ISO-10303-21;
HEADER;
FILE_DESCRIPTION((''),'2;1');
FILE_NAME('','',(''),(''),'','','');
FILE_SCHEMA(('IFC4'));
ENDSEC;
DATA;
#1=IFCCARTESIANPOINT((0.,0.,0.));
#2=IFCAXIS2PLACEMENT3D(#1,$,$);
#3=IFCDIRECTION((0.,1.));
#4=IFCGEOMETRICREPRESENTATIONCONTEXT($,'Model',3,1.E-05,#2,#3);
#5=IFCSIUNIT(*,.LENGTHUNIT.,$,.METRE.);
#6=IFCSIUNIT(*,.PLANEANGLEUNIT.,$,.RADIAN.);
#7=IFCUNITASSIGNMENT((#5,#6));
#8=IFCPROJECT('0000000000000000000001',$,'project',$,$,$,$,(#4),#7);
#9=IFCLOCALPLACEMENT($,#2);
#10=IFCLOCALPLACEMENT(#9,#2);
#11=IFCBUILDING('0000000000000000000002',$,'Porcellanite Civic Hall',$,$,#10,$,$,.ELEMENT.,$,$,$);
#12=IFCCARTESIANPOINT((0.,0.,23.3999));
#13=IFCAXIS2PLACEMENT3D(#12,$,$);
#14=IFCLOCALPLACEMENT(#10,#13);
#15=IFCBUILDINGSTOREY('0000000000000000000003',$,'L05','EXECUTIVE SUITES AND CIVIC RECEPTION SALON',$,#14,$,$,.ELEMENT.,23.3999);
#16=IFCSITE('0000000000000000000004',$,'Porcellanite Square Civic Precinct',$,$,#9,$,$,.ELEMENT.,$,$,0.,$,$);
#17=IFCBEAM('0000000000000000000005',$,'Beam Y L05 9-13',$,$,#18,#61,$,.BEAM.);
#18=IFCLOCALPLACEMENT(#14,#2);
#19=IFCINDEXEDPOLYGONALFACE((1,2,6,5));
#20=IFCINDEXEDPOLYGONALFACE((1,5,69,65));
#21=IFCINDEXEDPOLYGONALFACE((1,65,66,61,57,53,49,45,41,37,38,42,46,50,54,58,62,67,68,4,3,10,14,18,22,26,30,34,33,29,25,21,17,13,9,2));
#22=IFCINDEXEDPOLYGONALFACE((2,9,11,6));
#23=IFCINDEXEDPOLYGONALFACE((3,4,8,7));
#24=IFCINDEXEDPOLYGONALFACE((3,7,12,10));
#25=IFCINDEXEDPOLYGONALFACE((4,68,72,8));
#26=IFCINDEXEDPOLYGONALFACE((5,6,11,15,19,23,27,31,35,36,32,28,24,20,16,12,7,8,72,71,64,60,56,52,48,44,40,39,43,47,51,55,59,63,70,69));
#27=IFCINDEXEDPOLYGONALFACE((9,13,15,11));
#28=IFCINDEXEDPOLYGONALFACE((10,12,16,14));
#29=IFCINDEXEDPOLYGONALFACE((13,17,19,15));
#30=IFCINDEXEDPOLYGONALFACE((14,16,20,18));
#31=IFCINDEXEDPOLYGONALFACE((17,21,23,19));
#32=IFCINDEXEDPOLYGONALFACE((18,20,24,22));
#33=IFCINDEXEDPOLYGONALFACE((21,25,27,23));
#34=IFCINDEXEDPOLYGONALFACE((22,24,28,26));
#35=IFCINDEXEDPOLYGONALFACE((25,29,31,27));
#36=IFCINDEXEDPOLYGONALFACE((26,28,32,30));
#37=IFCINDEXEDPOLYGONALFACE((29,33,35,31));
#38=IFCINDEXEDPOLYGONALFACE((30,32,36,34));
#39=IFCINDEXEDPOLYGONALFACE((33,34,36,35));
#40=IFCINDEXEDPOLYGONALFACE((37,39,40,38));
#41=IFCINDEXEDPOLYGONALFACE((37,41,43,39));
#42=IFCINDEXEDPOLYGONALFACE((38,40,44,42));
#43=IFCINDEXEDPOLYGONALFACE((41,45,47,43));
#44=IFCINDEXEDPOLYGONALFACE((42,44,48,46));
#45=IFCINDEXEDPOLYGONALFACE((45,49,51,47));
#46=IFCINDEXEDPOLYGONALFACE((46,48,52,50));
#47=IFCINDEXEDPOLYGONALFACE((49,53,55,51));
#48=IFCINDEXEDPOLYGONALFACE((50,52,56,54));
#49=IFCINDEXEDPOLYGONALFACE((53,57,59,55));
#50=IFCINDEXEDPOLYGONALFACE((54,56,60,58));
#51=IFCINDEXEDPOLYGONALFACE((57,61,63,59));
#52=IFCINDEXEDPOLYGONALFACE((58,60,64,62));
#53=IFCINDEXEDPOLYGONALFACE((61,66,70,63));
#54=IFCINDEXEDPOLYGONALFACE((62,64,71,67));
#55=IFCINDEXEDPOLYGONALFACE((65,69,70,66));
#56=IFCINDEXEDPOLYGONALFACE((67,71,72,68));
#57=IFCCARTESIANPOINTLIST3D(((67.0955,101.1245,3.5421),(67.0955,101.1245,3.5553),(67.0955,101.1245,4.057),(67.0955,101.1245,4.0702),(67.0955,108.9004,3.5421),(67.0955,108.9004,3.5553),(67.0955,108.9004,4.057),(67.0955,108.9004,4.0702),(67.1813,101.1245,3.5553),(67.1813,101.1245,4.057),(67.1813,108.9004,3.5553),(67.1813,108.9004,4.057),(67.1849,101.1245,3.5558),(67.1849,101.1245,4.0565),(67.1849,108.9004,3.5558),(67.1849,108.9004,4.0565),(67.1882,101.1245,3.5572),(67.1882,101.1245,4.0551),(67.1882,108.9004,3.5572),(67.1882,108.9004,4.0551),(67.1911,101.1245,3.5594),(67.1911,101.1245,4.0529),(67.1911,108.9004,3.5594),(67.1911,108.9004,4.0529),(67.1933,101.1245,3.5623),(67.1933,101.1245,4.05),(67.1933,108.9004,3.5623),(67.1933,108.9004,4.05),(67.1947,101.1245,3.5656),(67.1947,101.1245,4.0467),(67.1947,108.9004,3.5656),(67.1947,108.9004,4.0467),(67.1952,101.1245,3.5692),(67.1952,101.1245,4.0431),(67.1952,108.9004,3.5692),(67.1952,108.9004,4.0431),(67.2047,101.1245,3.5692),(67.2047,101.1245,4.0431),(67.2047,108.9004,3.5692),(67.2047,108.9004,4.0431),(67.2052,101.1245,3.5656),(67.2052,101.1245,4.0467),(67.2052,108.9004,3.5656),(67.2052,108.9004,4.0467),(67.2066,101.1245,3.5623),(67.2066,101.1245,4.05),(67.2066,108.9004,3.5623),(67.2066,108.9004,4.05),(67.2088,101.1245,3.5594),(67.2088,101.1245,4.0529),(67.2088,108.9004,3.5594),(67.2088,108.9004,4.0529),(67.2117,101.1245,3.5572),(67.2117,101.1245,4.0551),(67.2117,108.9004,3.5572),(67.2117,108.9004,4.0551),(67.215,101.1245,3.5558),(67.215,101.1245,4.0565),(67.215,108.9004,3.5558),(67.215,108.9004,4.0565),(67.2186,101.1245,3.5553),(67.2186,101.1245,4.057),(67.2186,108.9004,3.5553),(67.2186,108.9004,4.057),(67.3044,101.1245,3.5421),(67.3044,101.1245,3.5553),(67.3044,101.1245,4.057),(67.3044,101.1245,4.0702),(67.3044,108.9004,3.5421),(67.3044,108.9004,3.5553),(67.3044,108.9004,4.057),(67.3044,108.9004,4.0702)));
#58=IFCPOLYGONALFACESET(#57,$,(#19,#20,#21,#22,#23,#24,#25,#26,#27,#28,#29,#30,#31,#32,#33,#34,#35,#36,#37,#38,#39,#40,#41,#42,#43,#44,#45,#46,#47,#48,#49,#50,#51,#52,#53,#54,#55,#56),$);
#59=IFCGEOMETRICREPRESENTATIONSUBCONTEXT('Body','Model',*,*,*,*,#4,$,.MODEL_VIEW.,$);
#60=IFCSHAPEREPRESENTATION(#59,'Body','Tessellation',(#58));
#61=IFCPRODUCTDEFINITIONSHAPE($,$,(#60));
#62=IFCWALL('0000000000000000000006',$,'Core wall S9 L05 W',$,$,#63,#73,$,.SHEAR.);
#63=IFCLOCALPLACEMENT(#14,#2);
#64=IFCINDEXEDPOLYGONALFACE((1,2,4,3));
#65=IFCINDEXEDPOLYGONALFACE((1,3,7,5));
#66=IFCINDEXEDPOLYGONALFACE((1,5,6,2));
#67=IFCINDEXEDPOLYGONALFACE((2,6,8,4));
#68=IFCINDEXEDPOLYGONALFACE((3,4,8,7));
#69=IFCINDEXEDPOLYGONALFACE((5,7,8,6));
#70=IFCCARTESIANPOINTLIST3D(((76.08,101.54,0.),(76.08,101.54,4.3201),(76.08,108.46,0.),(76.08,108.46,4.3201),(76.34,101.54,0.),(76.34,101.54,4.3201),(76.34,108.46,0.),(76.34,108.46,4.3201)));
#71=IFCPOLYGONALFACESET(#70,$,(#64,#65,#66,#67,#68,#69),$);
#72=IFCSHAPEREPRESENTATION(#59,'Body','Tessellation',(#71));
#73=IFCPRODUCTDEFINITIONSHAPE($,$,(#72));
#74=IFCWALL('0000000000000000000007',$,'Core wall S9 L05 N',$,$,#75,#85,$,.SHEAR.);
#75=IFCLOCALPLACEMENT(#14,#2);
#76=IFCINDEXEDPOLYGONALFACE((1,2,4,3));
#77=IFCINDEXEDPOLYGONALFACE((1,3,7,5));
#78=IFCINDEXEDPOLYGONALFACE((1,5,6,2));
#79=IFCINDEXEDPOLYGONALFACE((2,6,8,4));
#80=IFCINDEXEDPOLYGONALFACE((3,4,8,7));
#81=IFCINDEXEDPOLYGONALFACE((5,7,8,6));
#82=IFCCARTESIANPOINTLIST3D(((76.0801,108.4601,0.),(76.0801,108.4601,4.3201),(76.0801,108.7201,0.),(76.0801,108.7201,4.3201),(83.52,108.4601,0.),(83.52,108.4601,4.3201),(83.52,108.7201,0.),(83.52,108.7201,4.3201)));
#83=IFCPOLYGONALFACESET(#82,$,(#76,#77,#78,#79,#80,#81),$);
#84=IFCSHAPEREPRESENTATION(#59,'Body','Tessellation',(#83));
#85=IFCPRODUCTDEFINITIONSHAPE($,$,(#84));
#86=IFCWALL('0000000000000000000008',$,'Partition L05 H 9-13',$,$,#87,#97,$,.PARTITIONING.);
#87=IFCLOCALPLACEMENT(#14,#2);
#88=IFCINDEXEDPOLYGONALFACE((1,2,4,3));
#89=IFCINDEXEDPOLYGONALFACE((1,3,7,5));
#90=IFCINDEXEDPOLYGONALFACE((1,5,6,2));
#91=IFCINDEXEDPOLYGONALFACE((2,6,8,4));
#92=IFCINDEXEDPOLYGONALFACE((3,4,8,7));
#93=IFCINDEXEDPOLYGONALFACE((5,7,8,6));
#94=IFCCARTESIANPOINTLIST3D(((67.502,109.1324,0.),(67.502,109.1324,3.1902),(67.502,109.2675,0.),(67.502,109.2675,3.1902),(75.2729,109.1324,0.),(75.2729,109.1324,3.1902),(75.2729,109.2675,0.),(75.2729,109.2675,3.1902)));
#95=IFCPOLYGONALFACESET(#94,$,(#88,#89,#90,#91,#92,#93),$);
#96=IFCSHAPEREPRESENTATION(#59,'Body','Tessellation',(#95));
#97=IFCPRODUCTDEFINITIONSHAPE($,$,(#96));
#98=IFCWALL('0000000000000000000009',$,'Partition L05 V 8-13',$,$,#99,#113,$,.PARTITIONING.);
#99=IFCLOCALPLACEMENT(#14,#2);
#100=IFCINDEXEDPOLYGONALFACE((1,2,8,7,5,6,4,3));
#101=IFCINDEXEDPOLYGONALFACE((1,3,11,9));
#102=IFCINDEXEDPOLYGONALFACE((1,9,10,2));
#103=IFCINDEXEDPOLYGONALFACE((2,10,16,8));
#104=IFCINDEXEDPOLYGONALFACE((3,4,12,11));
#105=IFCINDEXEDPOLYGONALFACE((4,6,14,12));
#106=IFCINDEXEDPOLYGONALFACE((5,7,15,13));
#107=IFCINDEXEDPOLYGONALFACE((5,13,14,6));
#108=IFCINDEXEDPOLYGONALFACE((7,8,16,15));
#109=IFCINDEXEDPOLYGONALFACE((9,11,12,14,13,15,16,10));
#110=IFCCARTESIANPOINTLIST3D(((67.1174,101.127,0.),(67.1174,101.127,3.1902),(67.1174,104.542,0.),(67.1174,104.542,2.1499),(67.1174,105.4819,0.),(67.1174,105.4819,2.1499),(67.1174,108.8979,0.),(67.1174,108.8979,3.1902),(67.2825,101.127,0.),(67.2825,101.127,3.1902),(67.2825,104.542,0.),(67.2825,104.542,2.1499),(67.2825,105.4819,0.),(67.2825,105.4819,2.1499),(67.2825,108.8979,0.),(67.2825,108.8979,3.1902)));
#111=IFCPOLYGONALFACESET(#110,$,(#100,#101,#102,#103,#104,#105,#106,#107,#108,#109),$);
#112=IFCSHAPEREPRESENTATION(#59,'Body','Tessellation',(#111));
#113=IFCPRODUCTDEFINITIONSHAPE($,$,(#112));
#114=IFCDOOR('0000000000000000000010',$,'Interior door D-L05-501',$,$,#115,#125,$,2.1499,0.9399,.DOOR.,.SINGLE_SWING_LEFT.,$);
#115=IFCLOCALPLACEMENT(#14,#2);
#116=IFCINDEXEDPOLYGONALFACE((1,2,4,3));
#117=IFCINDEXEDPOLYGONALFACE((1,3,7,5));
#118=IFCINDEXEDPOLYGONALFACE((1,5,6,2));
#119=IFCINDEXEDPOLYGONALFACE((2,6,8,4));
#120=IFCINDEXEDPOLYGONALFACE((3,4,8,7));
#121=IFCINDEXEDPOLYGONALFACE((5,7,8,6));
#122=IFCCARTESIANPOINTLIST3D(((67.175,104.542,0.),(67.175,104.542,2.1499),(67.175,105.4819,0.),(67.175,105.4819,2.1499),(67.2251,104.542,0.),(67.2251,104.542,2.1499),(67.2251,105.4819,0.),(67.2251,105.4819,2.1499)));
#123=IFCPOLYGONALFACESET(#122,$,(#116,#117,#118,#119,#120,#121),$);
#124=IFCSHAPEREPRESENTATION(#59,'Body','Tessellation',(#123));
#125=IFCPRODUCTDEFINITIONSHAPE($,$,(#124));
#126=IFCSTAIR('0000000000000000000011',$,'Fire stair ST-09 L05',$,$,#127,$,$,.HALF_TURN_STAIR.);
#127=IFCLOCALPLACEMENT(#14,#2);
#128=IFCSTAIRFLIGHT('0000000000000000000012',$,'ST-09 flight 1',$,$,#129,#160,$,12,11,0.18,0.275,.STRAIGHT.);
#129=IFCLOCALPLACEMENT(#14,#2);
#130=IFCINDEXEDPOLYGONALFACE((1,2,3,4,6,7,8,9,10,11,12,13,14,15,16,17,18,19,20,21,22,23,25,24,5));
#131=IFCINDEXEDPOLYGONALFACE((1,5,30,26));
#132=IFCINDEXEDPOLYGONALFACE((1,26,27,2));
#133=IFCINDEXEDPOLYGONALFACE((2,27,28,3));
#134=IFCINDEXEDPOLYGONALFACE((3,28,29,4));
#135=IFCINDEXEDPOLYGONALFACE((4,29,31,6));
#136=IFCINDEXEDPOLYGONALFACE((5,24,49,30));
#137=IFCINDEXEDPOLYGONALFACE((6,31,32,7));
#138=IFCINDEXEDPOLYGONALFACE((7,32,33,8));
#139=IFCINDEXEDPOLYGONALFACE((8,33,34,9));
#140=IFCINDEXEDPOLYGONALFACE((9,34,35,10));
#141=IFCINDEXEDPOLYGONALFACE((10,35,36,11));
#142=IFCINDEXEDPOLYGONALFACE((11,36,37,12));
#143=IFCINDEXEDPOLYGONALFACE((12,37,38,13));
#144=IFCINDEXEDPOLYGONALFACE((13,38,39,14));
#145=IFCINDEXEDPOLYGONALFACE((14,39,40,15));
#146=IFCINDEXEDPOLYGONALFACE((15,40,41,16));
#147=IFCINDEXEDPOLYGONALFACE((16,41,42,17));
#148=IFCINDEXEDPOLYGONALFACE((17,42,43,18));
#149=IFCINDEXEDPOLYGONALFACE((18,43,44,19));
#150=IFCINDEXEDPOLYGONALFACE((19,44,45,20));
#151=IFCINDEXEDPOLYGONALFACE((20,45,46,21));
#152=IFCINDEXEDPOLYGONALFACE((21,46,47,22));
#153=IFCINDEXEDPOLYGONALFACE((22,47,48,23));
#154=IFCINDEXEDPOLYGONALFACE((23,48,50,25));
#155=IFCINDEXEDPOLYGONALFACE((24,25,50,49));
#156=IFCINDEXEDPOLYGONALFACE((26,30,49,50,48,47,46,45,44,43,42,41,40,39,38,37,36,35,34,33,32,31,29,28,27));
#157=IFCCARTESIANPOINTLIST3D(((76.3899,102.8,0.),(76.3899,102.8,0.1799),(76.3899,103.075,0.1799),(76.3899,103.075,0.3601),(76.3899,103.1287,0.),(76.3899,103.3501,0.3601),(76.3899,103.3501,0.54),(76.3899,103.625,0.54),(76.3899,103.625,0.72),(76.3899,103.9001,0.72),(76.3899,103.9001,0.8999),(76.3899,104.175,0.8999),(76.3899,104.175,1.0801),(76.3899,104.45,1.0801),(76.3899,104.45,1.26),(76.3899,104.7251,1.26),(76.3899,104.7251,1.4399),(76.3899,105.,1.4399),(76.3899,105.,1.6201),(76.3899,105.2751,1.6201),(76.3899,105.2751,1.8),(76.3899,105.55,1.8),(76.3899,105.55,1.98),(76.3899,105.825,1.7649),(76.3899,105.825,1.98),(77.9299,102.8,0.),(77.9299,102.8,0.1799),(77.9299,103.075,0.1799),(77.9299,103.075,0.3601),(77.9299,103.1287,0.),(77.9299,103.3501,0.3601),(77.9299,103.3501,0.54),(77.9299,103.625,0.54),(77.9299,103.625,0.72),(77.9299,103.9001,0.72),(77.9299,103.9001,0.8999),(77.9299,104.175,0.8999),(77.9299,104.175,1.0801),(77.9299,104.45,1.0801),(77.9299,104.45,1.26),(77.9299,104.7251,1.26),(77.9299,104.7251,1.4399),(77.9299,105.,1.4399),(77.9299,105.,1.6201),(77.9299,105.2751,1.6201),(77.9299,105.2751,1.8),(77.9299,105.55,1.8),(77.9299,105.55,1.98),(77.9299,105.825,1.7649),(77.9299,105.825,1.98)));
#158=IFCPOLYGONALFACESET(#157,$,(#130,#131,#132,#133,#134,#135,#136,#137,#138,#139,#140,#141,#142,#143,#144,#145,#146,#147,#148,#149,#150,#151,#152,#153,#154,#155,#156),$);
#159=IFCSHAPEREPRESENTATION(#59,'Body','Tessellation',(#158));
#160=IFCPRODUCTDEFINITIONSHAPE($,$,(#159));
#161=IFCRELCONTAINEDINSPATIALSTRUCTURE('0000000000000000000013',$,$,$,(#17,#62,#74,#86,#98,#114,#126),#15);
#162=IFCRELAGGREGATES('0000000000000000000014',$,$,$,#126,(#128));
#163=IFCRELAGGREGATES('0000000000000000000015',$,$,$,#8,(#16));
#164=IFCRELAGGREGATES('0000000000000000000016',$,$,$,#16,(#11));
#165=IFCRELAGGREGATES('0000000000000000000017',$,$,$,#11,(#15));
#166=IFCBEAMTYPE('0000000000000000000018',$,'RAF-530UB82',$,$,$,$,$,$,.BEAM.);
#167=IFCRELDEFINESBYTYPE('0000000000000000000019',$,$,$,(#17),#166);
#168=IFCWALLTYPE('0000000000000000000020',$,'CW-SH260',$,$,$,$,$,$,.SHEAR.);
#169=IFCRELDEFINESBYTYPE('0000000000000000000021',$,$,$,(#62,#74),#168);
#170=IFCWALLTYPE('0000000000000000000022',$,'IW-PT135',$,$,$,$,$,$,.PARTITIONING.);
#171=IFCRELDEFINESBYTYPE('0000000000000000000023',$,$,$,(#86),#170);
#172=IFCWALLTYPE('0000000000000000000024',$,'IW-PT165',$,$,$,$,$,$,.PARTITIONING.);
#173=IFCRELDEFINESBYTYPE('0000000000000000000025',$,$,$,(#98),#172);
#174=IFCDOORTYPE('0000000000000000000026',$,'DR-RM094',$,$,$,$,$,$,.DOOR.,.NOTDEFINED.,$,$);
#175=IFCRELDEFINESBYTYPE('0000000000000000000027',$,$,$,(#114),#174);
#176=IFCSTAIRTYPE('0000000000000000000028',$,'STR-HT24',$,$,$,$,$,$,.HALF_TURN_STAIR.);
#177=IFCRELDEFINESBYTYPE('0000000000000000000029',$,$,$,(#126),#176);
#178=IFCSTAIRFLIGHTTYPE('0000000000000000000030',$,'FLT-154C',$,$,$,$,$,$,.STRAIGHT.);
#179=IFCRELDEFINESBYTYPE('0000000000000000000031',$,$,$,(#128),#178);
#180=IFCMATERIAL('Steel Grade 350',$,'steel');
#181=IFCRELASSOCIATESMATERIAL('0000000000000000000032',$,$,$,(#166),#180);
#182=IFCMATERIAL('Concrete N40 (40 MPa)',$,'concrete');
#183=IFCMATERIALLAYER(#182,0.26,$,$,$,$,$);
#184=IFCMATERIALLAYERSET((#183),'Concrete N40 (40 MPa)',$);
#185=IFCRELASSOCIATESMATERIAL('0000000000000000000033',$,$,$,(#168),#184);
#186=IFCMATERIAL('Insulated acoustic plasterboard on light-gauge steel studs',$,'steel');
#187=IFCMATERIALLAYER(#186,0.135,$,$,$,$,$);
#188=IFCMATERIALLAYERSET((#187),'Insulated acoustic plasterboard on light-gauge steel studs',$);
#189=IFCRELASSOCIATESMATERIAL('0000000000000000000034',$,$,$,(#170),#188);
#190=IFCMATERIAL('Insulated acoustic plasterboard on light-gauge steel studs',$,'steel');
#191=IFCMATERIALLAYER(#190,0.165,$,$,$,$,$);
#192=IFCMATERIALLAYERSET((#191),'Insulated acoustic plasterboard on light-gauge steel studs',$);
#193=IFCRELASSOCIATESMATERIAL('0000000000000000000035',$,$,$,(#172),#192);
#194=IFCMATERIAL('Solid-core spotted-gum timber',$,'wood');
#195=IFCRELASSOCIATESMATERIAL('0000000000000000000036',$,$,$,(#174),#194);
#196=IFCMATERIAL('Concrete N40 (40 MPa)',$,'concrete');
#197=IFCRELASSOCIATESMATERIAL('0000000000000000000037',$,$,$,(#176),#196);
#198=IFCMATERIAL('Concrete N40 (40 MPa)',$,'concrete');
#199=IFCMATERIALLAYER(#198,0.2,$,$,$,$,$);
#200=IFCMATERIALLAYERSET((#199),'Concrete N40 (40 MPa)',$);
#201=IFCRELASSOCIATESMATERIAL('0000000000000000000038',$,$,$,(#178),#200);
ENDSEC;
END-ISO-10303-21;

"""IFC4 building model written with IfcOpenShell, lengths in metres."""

from ifc_helpers import new_model, si_unit, direction, frame, frame_2d, origin, origin_2d, place, context, subcontext, project, spatial, polyline, rectangle, i_section, outline, extrude, material, layer, layer_set, material_profile, profile_set, type_object, element, fill, aggregate, save


model = new_model("IFC4")

# Units and contexts
model_context = context("Model", 3, precision=1e-05, world=origin(), true_north=direction((0.0, 1.0)))
body_context = subcontext(model_context, "Body", "Model", "MODEL_VIEW")
ifc_project = project(units=[si_unit("LENGTHUNIT", "METRE"), si_unit("PLANEANGLEUNIT", "RADIAN")], contexts=[model_context])

# Site, building, storey
site_placement = place(None, origin())
site = spatial("IfcSite", under=ifc_project, at=site_placement, Name="Porcellanite Square Civic Precinct", CompositionType="ELEMENT", RefElevation=0.0)
building_placement = place(site_placement, origin())
building = spatial("IfcBuilding", under=site, at=building_placement, Name="Porcellanite Civic Hall", CompositionType="ELEMENT")
storey_placement = place(building_placement, frame((0.0, 0.0, 23.3999)))
storey = spatial("IfcBuildingStorey", under=building, at=storey_placement, Name="L05", Description="EXECUTIVE SUITES AND CIVIC RECEPTION SALON", CompositionType="ELEMENT", Elevation=23.3999)

# Beam
ifc_material_1 = material(Name="Steel Grade 350", Category="steel")
ifc_material_profile_1 = material_profile(ifc_material_1, i_section(OverallWidth=0.209, OverallDepth=0.5281, WebThickness=0.0095, FlangeThickness=0.0132, FilletRadius=0.0139, at=origin_2d()), Name="530UB82.0")
ifc_profile_set_1 = profile_set([ifc_material_profile_1], Name="Steel Grade 350")
beam_type_1 = type_object("IfcBeamType", Name="RAF-530UB82", PredefinedType="BEAM", material=ifc_profile_set_1)
beam_1_placement = place(storey_placement, frame((67.2, 101.1245, 3.8062), z_axis=(0.0, 1.0, 0.0), x_axis=(-1.0, 0.0, 0.0)))
element("IfcBeam", 1, at=beam_1_placement, inside=storey, type_object=beam_type_1, Name="Beam Y L05 9-13", PredefinedType="BEAM", context=body_context, shape_type="SweptSolid", body=[
    extrude(i_section(OverallWidth=0.209, OverallDepth=0.5281, WebThickness=0.0095, FlangeThickness=0.0132, FilletRadius=0.0139, at=origin_2d()), origin(), (0.0, 0.0, 1.0), 7.7759),
])

# Walls
ifc_material_2 = material(Name="Concrete N40 (40 MPa)", Category="concrete")
ifc_layer_1 = layer(ifc_material_2, 0.26)
ifc_layer_set_1 = layer_set([ifc_layer_1], Name="Concrete N40 (40 MPa)")
wall_type_1 = type_object("IfcWallType", Name="CW-SH260", PredefinedType="SHEAR", material=ifc_layer_set_1)
wall_1_placement = place(storey_placement, frame((76.21, 101.54, 0.0), z_axis=(0.0, 0.0, 1.0), x_axis=(0.0, 1.0, 0.0)))
element("IfcWall", 2, at=wall_1_placement, inside=storey, type_object=wall_type_1, Name="Core wall S9 L05 W", PredefinedType="SHEAR", context=body_context, shape_type="SweptSolid", body=[
    extrude(rectangle(XDim=6.9199, YDim=0.26, at=frame_2d((3.46, 0.0))), origin(), (0.0, 0.0, 1.0), 4.3201),
])
wall_2_placement = place(storey_placement, frame((76.0801, 108.5901, 0.0), z_axis=(0.0, 0.0, 1.0), x_axis=(1.0, 0.0, 0.0)))
element("IfcWall", 3, at=wall_2_placement, inside=storey, type_object=wall_type_1, Name="Core wall S9 L05 N", PredefinedType="SHEAR", context=body_context, shape_type="SweptSolid", body=[
    extrude(rectangle(XDim=7.4399, YDim=0.26, at=frame_2d((3.72, 0.0))), origin(), (0.0, 0.0, 1.0), 4.3201),
])

# Wall
ifc_material_3 = material(Name="Insulated acoustic plasterboard on light-gauge steel studs", Category="steel")
ifc_layer_2 = layer(ifc_material_3, 0.135)
ifc_layer_set_2 = layer_set([ifc_layer_2], Name="Insulated acoustic plasterboard on light-gauge steel studs")
wall_type_2 = type_object("IfcWallType", Name="IW-PT135", PredefinedType="PARTITIONING", material=ifc_layer_set_2)
wall_3_placement = place(storey_placement, frame((67.502, 109.2, 0.0), z_axis=(0.0, 0.0, 1.0), x_axis=(1.0, 0.0, 0.0)))
element("IfcWall", 4, at=wall_3_placement, inside=storey, type_object=wall_type_2, Name="Partition L05 H 9-13", PredefinedType="PARTITIONING", context=body_context, shape_type="SweptSolid", body=[
    extrude(rectangle(XDim=7.771, YDim=0.135, at=frame_2d((3.8855, 0.0))), origin(), (0.0, 0.0, 1.0), 3.1902),
])

# Wall, opening, door
ifc_material_4 = material(Name="Insulated acoustic plasterboard on light-gauge steel studs", Category="steel")
ifc_layer_3 = layer(ifc_material_4, 0.165)
ifc_layer_set_3 = layer_set([ifc_layer_3], Name="Insulated acoustic plasterboard on light-gauge steel studs")
wall_type_3 = type_object("IfcWallType", Name="IW-PT165", PredefinedType="PARTITIONING", material=ifc_layer_set_3)
wall_4_placement = place(storey_placement, frame((67.2, 101.127, 0.0), z_axis=(0.0, 0.0, 1.0), x_axis=(0.0, 1.0, 0.0)))
wall_4 = element("IfcWall", 5, at=wall_4_placement, inside=storey, type_object=wall_type_3, Name="Partition L05 V 8-13", PredefinedType="PARTITIONING", context=body_context, shape_type="SweptSolid", body=[
    extrude(rectangle(XDim=7.771, YDim=0.165, at=frame_2d((3.8855, 0.0))), origin(), (0.0, 0.0, 1.0), 3.1902),
])
opening_1_placement = place(wall_4_placement, frame((3.415, 0.0, 0.0)))
opening_1 = element("IfcOpeningElement", 6, at=opening_1_placement, cuts=wall_4, PredefinedType="OPENING", context=body_context, shape_type="SweptSolid", body=[
    extrude(rectangle(XDim=0.9399, YDim=2.1499, at=frame_2d((0.47, 1.075))), frame((0.0, 0.0825, 0.0), z_axis=(0.0, -1.0, 0.0), x_axis=(1.0, 0.0, 0.0)), (0.0, 0.0, 1.0), 0.165),
])
ifc_material_5 = material(Name="Solid-core spotted-gum timber", Category="wood")
door_type_1 = type_object("IfcDoorType", Name="DR-RM094", OperationType="NOTDEFINED", PredefinedType="DOOR", material=ifc_material_5)
door_1_placement = place(opening_1_placement, origin())
door_1 = element("IfcDoor", 7, at=door_1_placement, inside=storey, type_object=door_type_1, Name="Interior door D-L05-501", OperationType="SINGLE_SWING_LEFT", OverallHeight=2.1499, OverallWidth=0.9399, PredefinedType="DOOR", context=body_context, shape_type="SweptSolid", body=[
    extrude(rectangle(XDim=0.9399, YDim=2.1499, at=frame_2d((0.47, 1.075))), frame((0.0, 0.0249, 0.0), z_axis=(0.0, -1.0, 0.0), x_axis=(1.0, 0.0, 0.0)), (0.0, 0.0, 1.0), 0.05),
])
fill(opening_1, door_1)

# Stair, stair flight
ifc_material_6 = material(Name="Concrete N40 (40 MPa)", Category="concrete")
stair_type = type_object("IfcStairType", Name="STR-HT24", PredefinedType="HALF_TURN_STAIR", material=ifc_material_6)
stair_placement = place(storey_placement, origin())
stair = element("IfcStair", 8, at=stair_placement, inside=storey, type_object=stair_type, Name="Fire stair ST-09 L05", PredefinedType="HALF_TURN_STAIR")
ifc_material_7 = material(Name="Concrete N40 (40 MPa)", Category="concrete")
ifc_layer_4 = layer(ifc_material_7, 0.2)
ifc_layer_set_4 = layer_set([ifc_layer_4], Name="Concrete N40 (40 MPa)")
stair_flight_type = type_object("IfcStairFlightType", Name="FLT-154C", PredefinedType="STRAIGHT", material=ifc_layer_set_4)
stair_flight_1_placement = place(storey_placement, frame((77.1599, 102.8, 0.0), z_axis=(0.0, 0.0, 1.0), x_axis=(0.0, 1.0, 0.0)))
stair_flight_1 = element("IfcStairFlight", 9, at=stair_flight_1_placement, type_object=stair_flight_type, Name="ST-09 flight 1", NumberOfRisers=12, NumberOfTreads=11, PredefinedType="STRAIGHT", RiserHeight=0.18, TreadLength=0.275, context=body_context, shape_type="SweptSolid", body=[
    extrude(outline(polyline([(0.0, 0.0), (0.0, 0.1799), (0.2749, 0.1799), (0.2749, 0.3601), (0.55, 0.3601), (0.55, 0.54), (0.825, 0.54), (0.825, 0.72), (1.1001, 0.72), (1.1001, 0.8999), (1.375, 0.8999), (1.375, 1.0801), (1.6499, 1.0801), (1.6499, 1.26), (1.925, 1.26), (1.925, 1.4399), (2.2, 1.4399), (2.2, 1.6201), (2.4751, 1.6201), (2.4751, 1.8), (2.75, 1.8), (2.75, 1.98), (3.0249, 1.98), (3.0249, 2.1599), (3.0249, 1.7649), (0.3286, 0.0), (0.0, 0.0)])), frame((0.0, 0.77, 0.0), z_axis=(0.0, -1.0, 0.0), x_axis=(1.0, 0.0, 0.0)), (0.0, 0.0, 1.0), 1.54),
])
aggregate(stair, [stair_flight_1])

save(model, "model.ifc")
